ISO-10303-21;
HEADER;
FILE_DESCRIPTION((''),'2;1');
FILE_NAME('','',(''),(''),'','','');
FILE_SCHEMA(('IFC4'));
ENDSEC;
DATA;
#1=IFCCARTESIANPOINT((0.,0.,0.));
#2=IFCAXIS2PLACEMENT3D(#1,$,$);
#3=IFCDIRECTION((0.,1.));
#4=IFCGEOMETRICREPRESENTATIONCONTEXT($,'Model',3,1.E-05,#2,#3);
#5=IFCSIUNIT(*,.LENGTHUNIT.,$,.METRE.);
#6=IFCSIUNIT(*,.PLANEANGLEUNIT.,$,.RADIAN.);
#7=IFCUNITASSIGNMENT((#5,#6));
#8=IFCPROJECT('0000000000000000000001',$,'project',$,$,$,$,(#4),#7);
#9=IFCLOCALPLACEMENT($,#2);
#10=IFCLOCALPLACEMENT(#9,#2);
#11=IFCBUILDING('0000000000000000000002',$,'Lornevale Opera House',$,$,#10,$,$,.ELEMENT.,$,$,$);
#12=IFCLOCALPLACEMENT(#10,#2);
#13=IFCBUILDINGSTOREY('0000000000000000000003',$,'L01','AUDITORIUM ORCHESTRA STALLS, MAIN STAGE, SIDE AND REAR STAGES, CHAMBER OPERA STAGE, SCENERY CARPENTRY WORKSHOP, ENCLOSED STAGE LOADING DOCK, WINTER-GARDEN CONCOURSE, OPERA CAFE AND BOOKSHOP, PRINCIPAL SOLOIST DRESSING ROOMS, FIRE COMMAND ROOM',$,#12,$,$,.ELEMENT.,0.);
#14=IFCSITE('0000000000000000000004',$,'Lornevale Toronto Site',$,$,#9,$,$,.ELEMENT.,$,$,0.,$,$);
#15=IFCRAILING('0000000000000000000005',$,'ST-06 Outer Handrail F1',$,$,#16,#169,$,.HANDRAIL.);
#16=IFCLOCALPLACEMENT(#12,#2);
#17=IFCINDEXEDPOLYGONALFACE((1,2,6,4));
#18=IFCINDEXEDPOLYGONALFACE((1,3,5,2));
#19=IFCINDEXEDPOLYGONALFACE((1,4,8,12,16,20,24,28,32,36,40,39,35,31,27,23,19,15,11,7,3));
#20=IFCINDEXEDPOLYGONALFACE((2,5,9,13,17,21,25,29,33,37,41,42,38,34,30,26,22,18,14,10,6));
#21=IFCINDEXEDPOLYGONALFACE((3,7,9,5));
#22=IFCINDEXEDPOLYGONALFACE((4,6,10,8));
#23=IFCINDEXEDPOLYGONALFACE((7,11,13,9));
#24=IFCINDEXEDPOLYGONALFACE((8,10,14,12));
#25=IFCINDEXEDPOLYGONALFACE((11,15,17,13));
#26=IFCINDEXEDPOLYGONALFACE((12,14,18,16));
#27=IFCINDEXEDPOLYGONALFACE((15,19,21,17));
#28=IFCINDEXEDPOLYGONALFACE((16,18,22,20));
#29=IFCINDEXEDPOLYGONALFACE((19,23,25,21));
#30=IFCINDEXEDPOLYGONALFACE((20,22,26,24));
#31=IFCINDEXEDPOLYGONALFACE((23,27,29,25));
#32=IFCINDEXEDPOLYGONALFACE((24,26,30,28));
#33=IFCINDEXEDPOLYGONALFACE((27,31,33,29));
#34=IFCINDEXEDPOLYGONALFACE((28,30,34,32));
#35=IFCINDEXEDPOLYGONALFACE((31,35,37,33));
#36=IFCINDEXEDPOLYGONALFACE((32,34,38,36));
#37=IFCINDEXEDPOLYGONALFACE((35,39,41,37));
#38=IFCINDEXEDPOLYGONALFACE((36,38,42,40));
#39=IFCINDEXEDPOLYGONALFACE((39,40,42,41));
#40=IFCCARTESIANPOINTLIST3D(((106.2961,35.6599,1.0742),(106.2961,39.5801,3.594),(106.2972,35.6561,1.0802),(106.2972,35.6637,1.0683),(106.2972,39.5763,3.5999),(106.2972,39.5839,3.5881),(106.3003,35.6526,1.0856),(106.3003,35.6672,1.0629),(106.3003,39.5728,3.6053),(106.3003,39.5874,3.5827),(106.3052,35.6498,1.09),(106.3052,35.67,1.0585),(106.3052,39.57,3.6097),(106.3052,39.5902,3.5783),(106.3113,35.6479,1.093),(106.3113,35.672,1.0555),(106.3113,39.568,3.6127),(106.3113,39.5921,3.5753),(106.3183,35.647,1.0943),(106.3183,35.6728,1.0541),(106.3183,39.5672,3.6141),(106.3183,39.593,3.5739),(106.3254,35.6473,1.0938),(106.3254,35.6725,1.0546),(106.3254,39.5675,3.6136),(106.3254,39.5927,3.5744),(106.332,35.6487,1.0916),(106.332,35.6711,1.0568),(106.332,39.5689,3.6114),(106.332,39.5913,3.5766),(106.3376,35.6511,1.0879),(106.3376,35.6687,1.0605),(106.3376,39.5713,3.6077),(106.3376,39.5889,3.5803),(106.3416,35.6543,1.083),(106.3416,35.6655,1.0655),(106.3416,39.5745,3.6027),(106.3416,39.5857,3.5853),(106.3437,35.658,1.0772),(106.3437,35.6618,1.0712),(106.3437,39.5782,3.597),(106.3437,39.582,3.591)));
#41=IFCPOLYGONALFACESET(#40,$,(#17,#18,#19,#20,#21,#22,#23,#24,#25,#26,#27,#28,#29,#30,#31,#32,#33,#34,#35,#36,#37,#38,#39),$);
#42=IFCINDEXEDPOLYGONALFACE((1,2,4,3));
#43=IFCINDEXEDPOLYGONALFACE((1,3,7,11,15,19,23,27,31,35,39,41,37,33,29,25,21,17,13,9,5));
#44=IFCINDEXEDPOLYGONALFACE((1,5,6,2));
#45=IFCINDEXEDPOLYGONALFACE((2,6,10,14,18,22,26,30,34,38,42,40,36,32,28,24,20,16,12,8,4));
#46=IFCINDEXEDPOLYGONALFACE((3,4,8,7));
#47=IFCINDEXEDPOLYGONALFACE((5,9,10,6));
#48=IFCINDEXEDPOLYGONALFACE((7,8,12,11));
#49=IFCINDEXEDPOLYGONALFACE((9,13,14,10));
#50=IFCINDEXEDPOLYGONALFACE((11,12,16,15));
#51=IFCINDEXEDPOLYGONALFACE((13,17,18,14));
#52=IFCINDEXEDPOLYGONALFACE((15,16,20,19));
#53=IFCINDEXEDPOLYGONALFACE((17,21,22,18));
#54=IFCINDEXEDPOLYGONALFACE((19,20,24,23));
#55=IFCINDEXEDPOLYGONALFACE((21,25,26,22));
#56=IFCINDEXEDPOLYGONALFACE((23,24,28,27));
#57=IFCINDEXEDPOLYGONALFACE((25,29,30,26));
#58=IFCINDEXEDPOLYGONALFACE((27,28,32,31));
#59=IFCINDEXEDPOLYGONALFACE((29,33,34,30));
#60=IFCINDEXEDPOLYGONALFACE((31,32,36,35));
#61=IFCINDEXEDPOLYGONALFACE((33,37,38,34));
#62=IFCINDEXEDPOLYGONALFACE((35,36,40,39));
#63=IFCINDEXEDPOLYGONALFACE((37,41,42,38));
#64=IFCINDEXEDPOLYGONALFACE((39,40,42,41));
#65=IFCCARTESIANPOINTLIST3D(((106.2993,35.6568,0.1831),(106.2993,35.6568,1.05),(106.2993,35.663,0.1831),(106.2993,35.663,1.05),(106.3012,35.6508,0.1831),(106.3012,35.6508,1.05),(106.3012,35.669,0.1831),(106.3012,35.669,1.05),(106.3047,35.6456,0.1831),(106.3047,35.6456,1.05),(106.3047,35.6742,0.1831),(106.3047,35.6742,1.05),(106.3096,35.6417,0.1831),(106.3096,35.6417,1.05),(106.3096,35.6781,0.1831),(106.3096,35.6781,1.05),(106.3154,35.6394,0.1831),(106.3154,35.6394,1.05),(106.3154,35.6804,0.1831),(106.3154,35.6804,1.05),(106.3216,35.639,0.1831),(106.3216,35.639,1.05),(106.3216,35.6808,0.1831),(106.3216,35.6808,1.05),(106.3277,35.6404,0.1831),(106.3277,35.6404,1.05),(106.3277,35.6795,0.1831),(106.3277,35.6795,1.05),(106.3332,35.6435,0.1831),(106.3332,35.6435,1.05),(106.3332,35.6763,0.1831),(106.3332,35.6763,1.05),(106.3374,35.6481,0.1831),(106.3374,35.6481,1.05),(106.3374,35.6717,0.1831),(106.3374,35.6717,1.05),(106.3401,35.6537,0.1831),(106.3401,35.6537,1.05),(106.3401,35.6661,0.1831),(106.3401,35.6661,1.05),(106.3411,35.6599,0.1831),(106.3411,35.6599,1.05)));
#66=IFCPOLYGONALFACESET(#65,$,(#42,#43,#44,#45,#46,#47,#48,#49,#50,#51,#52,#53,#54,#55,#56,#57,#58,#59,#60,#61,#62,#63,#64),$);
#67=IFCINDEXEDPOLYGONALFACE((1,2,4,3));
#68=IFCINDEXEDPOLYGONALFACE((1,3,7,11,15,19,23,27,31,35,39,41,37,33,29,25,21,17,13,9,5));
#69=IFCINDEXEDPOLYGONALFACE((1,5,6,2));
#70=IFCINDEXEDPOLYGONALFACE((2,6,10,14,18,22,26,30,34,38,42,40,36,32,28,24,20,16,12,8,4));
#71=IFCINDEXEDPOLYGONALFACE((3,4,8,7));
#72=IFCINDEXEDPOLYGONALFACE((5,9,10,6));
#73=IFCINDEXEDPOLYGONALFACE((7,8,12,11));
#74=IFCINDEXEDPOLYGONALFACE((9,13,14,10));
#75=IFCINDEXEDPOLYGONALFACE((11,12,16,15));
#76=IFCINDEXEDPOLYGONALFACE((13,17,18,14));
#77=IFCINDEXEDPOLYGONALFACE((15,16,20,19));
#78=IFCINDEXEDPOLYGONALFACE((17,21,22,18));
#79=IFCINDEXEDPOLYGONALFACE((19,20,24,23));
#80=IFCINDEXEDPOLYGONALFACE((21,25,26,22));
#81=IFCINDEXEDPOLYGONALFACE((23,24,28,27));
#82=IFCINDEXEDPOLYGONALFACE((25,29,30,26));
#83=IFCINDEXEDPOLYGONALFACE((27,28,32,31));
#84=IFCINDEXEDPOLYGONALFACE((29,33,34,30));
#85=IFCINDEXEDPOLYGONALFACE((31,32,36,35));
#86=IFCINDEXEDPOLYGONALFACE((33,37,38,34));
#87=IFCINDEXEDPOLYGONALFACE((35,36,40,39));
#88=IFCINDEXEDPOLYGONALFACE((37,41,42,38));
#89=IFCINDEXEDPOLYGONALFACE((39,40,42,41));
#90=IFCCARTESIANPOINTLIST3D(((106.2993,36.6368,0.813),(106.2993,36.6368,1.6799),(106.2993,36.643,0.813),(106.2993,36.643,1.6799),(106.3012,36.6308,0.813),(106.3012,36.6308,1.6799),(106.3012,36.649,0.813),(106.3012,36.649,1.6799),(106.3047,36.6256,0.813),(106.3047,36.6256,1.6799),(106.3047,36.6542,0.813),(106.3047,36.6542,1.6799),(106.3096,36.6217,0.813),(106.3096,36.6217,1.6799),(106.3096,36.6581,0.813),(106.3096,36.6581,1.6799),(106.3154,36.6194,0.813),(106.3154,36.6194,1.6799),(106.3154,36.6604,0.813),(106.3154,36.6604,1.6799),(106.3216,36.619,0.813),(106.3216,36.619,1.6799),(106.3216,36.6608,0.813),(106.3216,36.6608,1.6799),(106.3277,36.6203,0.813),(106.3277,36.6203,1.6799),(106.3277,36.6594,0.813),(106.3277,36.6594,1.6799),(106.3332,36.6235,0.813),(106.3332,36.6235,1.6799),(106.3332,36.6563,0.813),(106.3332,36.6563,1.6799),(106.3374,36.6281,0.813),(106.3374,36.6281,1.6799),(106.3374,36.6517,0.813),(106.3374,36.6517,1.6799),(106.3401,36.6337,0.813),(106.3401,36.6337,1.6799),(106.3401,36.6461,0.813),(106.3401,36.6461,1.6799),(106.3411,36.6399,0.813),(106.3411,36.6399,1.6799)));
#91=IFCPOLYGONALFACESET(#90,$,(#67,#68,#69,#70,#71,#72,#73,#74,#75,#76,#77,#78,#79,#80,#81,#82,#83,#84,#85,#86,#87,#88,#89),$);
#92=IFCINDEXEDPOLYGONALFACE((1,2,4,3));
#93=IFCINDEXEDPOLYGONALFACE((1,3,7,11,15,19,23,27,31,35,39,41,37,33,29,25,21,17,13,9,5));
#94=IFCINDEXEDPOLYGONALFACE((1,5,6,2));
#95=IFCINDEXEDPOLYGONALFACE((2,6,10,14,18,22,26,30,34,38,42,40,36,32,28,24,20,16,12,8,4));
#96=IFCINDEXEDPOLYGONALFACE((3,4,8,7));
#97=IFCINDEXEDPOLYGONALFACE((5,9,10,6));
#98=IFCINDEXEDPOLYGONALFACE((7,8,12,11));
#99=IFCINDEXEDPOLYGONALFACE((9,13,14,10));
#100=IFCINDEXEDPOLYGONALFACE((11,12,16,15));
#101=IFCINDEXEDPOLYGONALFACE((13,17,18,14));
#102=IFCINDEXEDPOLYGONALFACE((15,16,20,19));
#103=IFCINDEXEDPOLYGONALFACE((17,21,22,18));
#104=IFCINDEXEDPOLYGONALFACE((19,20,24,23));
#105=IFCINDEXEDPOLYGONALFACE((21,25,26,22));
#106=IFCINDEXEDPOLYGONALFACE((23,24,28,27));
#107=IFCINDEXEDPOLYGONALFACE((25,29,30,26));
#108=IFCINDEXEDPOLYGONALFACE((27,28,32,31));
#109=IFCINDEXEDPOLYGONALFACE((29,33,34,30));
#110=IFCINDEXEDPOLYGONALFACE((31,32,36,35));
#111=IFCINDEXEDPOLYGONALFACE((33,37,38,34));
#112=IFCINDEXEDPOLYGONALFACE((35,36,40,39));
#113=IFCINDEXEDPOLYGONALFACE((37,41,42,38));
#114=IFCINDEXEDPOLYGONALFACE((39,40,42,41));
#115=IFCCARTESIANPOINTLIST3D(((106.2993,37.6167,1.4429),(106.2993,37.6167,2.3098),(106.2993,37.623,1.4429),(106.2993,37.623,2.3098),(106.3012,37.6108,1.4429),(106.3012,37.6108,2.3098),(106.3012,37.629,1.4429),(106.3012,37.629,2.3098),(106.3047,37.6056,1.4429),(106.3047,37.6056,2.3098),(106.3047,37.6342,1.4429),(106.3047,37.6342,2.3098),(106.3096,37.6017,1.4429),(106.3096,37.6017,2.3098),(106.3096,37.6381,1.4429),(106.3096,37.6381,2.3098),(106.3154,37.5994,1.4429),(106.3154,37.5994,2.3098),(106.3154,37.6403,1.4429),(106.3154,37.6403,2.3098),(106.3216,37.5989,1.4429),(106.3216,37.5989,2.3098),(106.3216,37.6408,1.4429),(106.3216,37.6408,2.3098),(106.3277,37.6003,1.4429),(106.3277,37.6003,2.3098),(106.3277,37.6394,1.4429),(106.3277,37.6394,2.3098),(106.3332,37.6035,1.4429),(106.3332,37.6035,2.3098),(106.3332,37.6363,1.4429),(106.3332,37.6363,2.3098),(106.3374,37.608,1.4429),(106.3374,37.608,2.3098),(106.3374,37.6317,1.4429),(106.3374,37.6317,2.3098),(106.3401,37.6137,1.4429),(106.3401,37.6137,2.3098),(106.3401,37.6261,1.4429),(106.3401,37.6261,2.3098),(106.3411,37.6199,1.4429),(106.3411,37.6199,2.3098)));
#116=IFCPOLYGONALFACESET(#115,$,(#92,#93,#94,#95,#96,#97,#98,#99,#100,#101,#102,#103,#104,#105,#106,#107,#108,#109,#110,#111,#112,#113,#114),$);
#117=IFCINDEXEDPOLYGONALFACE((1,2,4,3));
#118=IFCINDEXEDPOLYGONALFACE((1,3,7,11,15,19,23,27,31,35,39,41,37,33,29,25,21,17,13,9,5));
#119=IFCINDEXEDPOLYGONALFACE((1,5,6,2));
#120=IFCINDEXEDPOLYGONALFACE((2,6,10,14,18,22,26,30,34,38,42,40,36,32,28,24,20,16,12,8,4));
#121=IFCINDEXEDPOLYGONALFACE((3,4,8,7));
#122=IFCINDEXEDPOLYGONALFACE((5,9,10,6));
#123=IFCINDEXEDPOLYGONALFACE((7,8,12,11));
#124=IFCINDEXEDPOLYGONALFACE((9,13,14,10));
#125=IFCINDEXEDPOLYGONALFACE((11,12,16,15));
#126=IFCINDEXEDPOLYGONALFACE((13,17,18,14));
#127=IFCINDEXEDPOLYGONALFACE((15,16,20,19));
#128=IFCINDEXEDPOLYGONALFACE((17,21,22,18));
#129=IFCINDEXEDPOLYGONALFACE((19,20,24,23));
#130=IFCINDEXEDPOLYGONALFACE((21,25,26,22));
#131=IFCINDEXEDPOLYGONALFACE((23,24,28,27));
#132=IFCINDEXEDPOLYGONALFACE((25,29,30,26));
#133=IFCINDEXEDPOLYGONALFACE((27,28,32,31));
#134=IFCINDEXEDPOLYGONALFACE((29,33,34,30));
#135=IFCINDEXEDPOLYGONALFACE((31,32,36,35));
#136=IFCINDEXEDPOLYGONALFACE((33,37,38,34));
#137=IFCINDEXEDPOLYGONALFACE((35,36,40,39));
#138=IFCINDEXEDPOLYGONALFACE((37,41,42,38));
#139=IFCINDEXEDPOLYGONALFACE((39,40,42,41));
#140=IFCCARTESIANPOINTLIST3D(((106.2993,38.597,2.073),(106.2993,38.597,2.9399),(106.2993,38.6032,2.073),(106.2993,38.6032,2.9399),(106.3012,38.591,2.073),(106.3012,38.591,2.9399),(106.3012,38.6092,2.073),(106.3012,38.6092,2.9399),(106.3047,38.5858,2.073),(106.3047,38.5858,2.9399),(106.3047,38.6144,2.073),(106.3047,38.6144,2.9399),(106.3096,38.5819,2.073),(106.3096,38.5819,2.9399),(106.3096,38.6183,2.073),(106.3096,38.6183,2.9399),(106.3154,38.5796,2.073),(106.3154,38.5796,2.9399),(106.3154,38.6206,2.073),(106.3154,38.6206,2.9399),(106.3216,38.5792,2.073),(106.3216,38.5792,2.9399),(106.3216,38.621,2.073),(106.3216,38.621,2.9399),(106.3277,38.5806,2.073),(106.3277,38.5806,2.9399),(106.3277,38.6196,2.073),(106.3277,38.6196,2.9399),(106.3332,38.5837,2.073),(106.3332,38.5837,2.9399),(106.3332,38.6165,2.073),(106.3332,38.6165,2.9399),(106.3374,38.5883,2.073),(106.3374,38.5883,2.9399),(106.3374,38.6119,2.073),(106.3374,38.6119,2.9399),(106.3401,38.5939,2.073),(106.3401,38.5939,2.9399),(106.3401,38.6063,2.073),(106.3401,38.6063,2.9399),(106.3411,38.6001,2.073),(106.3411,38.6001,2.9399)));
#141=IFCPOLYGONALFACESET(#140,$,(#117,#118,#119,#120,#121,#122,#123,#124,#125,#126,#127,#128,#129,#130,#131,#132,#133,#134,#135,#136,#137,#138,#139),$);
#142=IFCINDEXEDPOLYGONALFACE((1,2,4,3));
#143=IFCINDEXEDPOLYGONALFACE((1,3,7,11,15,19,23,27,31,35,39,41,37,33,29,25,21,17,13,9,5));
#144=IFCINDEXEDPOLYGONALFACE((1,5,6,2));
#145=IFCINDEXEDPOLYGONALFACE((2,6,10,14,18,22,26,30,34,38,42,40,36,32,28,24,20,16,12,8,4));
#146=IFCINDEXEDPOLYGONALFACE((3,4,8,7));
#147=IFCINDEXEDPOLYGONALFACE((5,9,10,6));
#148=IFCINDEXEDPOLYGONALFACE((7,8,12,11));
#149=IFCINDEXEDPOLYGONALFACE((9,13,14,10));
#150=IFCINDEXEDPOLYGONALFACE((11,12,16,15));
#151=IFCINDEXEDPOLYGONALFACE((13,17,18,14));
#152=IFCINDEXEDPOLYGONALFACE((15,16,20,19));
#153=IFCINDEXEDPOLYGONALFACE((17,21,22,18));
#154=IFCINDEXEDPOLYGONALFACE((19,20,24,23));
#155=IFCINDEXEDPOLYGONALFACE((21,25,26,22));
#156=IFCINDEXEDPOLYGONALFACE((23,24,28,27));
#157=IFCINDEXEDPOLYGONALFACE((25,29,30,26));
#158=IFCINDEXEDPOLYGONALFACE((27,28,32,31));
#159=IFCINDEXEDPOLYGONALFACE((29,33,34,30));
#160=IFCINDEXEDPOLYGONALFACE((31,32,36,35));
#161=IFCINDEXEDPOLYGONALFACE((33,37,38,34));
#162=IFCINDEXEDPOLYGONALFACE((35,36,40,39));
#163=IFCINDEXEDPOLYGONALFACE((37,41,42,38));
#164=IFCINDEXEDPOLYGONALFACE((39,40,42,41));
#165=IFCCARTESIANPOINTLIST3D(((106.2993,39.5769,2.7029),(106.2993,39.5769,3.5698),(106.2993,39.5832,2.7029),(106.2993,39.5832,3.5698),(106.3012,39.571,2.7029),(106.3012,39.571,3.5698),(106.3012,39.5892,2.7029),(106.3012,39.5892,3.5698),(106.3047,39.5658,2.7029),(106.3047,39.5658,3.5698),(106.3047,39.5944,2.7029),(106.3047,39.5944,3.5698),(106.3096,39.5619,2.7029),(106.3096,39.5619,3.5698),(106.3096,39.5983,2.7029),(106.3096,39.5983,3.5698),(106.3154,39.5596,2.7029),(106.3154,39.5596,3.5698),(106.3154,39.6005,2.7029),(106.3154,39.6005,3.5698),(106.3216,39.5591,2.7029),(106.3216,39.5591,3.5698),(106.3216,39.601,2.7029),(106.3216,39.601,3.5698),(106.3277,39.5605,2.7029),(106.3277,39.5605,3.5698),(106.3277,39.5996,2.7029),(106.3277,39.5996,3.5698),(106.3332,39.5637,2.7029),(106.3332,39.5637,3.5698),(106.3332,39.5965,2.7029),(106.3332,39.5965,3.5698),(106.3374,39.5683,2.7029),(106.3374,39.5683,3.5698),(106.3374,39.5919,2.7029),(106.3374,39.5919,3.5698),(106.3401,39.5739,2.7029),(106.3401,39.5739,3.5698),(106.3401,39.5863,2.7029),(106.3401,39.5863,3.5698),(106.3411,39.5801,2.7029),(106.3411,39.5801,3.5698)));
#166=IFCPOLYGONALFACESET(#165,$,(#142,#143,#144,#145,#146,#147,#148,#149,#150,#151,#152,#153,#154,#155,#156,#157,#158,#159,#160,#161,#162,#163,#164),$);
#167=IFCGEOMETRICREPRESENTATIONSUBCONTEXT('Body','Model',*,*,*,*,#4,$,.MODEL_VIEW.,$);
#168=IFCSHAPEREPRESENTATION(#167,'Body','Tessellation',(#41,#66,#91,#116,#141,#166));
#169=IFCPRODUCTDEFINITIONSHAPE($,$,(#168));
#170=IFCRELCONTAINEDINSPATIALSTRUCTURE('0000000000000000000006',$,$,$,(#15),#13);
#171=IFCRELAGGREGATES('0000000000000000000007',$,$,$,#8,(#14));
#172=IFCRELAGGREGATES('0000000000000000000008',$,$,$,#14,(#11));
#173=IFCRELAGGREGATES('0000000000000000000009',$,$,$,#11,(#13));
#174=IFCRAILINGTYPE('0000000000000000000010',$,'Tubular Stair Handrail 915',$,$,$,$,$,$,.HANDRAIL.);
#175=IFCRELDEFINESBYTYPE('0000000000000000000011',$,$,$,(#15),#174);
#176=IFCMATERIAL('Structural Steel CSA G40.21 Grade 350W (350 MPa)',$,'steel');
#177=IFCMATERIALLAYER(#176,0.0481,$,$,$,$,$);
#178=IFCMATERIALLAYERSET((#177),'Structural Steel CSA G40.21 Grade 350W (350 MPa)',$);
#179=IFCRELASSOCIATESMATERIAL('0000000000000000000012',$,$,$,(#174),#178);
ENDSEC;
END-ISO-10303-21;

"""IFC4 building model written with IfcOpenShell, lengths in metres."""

from ifc_helpers import new_model, si_unit, direction, frame, origin, origin_2d, place, context, subcontext, project, spatial, circle, extrude, material, layer, layer_set, type_object, element, save


model = new_model("IFC4")

# Units and contexts
model_context = context("Model", 3, precision=1e-05, world=origin(), true_north=direction((0.0, 1.0)))
body_context = subcontext(model_context, "Body", "Model", "MODEL_VIEW")
ifc_project = project(units=[si_unit("LENGTHUNIT", "METRE"), si_unit("PLANEANGLEUNIT", "RADIAN")], contexts=[model_context])

# Site, building, storey
site_placement = place(None, origin())
site = spatial("IfcSite", under=ifc_project, at=site_placement, Name="Lornevale Toronto Site", CompositionType="ELEMENT", RefElevation=0.0)
building_placement = place(site_placement, origin())
building = spatial("IfcBuilding", under=site, at=building_placement, Name="Lornevale Opera House", CompositionType="ELEMENT")
storey_placement = place(building_placement, origin())
storey = spatial("IfcBuildingStorey", under=building, at=storey_placement, Name="L01", Description="AUDITORIUM ORCHESTRA STALLS, MAIN STAGE, SIDE AND REAR STAGES, CHAMBER OPERA STAGE, SCENERY CARPENTRY WORKSHOP, ENCLOSED STAGE LOADING DOCK, WINTER-GARDEN CONCOURSE, OPERA CAFE AND BOOKSHOP, PRINCIPAL SOLOIST DRESSING ROOMS, FIRE COMMAND ROOM", CompositionType="ELEMENT", Elevation=0.0)

# Railing
ifc_material_1 = material(Name="Structural Steel CSA G40.21 Grade 350W (350 MPa)", Category="steel")
ifc_layer_1 = layer(ifc_material_1, 0.0481)
ifc_layer_set_1 = layer_set([ifc_layer_1], Name="Structural Steel CSA G40.21 Grade 350W (350 MPa)")
railing_type_1 = type_object("IfcRailingType", Name="Tubular Stair Handrail 915", PredefinedType="HANDRAIL", material=ifc_layer_set_1)
railing_1_placement = place(storey_placement, frame((106.3201, 35.6599, 0.1831)))
element("IfcRailing", 1, at=railing_1_placement, inside=storey, type_object=railing_type_1, Name="ST-06 Outer Handrail F1", PredefinedType="HANDRAIL", context=body_context, shape_type="SweptSolid", body=[
    extrude(circle(Radius=0.0239, at=origin_2d()), frame((0.0, 0.0, 0.8911), z_axis=(0.0, 0.841211, 0.540707), x_axis=(-1.0, 0.0, 0.0)), (0.0, 0.0, 1.0), 4.6602),
    extrude(circle(Radius=0.021, at=origin_2d()), origin(), (0.0, 0.0, 1.0), 0.8669),
    extrude(circle(Radius=0.021, at=origin_2d()), frame((0.0, 0.98, 0.6299)), (0.0, 0.0, 1.0), 0.8669),
    extrude(circle(Radius=0.021, at=origin_2d()), frame((0.0, 1.96, 1.2598)), (0.0, 0.0, 1.0), 0.8669),
    extrude(circle(Radius=0.021, at=origin_2d()), frame((0.0, 2.9402, 1.8899)), (0.0, 0.0, 1.0), 0.8669),
    extrude(circle(Radius=0.021, at=origin_2d()), frame((0.0, 3.9202, 2.5198)), (0.0, 0.0, 1.0), 0.8669),
])

save(model, "model.ifc")
